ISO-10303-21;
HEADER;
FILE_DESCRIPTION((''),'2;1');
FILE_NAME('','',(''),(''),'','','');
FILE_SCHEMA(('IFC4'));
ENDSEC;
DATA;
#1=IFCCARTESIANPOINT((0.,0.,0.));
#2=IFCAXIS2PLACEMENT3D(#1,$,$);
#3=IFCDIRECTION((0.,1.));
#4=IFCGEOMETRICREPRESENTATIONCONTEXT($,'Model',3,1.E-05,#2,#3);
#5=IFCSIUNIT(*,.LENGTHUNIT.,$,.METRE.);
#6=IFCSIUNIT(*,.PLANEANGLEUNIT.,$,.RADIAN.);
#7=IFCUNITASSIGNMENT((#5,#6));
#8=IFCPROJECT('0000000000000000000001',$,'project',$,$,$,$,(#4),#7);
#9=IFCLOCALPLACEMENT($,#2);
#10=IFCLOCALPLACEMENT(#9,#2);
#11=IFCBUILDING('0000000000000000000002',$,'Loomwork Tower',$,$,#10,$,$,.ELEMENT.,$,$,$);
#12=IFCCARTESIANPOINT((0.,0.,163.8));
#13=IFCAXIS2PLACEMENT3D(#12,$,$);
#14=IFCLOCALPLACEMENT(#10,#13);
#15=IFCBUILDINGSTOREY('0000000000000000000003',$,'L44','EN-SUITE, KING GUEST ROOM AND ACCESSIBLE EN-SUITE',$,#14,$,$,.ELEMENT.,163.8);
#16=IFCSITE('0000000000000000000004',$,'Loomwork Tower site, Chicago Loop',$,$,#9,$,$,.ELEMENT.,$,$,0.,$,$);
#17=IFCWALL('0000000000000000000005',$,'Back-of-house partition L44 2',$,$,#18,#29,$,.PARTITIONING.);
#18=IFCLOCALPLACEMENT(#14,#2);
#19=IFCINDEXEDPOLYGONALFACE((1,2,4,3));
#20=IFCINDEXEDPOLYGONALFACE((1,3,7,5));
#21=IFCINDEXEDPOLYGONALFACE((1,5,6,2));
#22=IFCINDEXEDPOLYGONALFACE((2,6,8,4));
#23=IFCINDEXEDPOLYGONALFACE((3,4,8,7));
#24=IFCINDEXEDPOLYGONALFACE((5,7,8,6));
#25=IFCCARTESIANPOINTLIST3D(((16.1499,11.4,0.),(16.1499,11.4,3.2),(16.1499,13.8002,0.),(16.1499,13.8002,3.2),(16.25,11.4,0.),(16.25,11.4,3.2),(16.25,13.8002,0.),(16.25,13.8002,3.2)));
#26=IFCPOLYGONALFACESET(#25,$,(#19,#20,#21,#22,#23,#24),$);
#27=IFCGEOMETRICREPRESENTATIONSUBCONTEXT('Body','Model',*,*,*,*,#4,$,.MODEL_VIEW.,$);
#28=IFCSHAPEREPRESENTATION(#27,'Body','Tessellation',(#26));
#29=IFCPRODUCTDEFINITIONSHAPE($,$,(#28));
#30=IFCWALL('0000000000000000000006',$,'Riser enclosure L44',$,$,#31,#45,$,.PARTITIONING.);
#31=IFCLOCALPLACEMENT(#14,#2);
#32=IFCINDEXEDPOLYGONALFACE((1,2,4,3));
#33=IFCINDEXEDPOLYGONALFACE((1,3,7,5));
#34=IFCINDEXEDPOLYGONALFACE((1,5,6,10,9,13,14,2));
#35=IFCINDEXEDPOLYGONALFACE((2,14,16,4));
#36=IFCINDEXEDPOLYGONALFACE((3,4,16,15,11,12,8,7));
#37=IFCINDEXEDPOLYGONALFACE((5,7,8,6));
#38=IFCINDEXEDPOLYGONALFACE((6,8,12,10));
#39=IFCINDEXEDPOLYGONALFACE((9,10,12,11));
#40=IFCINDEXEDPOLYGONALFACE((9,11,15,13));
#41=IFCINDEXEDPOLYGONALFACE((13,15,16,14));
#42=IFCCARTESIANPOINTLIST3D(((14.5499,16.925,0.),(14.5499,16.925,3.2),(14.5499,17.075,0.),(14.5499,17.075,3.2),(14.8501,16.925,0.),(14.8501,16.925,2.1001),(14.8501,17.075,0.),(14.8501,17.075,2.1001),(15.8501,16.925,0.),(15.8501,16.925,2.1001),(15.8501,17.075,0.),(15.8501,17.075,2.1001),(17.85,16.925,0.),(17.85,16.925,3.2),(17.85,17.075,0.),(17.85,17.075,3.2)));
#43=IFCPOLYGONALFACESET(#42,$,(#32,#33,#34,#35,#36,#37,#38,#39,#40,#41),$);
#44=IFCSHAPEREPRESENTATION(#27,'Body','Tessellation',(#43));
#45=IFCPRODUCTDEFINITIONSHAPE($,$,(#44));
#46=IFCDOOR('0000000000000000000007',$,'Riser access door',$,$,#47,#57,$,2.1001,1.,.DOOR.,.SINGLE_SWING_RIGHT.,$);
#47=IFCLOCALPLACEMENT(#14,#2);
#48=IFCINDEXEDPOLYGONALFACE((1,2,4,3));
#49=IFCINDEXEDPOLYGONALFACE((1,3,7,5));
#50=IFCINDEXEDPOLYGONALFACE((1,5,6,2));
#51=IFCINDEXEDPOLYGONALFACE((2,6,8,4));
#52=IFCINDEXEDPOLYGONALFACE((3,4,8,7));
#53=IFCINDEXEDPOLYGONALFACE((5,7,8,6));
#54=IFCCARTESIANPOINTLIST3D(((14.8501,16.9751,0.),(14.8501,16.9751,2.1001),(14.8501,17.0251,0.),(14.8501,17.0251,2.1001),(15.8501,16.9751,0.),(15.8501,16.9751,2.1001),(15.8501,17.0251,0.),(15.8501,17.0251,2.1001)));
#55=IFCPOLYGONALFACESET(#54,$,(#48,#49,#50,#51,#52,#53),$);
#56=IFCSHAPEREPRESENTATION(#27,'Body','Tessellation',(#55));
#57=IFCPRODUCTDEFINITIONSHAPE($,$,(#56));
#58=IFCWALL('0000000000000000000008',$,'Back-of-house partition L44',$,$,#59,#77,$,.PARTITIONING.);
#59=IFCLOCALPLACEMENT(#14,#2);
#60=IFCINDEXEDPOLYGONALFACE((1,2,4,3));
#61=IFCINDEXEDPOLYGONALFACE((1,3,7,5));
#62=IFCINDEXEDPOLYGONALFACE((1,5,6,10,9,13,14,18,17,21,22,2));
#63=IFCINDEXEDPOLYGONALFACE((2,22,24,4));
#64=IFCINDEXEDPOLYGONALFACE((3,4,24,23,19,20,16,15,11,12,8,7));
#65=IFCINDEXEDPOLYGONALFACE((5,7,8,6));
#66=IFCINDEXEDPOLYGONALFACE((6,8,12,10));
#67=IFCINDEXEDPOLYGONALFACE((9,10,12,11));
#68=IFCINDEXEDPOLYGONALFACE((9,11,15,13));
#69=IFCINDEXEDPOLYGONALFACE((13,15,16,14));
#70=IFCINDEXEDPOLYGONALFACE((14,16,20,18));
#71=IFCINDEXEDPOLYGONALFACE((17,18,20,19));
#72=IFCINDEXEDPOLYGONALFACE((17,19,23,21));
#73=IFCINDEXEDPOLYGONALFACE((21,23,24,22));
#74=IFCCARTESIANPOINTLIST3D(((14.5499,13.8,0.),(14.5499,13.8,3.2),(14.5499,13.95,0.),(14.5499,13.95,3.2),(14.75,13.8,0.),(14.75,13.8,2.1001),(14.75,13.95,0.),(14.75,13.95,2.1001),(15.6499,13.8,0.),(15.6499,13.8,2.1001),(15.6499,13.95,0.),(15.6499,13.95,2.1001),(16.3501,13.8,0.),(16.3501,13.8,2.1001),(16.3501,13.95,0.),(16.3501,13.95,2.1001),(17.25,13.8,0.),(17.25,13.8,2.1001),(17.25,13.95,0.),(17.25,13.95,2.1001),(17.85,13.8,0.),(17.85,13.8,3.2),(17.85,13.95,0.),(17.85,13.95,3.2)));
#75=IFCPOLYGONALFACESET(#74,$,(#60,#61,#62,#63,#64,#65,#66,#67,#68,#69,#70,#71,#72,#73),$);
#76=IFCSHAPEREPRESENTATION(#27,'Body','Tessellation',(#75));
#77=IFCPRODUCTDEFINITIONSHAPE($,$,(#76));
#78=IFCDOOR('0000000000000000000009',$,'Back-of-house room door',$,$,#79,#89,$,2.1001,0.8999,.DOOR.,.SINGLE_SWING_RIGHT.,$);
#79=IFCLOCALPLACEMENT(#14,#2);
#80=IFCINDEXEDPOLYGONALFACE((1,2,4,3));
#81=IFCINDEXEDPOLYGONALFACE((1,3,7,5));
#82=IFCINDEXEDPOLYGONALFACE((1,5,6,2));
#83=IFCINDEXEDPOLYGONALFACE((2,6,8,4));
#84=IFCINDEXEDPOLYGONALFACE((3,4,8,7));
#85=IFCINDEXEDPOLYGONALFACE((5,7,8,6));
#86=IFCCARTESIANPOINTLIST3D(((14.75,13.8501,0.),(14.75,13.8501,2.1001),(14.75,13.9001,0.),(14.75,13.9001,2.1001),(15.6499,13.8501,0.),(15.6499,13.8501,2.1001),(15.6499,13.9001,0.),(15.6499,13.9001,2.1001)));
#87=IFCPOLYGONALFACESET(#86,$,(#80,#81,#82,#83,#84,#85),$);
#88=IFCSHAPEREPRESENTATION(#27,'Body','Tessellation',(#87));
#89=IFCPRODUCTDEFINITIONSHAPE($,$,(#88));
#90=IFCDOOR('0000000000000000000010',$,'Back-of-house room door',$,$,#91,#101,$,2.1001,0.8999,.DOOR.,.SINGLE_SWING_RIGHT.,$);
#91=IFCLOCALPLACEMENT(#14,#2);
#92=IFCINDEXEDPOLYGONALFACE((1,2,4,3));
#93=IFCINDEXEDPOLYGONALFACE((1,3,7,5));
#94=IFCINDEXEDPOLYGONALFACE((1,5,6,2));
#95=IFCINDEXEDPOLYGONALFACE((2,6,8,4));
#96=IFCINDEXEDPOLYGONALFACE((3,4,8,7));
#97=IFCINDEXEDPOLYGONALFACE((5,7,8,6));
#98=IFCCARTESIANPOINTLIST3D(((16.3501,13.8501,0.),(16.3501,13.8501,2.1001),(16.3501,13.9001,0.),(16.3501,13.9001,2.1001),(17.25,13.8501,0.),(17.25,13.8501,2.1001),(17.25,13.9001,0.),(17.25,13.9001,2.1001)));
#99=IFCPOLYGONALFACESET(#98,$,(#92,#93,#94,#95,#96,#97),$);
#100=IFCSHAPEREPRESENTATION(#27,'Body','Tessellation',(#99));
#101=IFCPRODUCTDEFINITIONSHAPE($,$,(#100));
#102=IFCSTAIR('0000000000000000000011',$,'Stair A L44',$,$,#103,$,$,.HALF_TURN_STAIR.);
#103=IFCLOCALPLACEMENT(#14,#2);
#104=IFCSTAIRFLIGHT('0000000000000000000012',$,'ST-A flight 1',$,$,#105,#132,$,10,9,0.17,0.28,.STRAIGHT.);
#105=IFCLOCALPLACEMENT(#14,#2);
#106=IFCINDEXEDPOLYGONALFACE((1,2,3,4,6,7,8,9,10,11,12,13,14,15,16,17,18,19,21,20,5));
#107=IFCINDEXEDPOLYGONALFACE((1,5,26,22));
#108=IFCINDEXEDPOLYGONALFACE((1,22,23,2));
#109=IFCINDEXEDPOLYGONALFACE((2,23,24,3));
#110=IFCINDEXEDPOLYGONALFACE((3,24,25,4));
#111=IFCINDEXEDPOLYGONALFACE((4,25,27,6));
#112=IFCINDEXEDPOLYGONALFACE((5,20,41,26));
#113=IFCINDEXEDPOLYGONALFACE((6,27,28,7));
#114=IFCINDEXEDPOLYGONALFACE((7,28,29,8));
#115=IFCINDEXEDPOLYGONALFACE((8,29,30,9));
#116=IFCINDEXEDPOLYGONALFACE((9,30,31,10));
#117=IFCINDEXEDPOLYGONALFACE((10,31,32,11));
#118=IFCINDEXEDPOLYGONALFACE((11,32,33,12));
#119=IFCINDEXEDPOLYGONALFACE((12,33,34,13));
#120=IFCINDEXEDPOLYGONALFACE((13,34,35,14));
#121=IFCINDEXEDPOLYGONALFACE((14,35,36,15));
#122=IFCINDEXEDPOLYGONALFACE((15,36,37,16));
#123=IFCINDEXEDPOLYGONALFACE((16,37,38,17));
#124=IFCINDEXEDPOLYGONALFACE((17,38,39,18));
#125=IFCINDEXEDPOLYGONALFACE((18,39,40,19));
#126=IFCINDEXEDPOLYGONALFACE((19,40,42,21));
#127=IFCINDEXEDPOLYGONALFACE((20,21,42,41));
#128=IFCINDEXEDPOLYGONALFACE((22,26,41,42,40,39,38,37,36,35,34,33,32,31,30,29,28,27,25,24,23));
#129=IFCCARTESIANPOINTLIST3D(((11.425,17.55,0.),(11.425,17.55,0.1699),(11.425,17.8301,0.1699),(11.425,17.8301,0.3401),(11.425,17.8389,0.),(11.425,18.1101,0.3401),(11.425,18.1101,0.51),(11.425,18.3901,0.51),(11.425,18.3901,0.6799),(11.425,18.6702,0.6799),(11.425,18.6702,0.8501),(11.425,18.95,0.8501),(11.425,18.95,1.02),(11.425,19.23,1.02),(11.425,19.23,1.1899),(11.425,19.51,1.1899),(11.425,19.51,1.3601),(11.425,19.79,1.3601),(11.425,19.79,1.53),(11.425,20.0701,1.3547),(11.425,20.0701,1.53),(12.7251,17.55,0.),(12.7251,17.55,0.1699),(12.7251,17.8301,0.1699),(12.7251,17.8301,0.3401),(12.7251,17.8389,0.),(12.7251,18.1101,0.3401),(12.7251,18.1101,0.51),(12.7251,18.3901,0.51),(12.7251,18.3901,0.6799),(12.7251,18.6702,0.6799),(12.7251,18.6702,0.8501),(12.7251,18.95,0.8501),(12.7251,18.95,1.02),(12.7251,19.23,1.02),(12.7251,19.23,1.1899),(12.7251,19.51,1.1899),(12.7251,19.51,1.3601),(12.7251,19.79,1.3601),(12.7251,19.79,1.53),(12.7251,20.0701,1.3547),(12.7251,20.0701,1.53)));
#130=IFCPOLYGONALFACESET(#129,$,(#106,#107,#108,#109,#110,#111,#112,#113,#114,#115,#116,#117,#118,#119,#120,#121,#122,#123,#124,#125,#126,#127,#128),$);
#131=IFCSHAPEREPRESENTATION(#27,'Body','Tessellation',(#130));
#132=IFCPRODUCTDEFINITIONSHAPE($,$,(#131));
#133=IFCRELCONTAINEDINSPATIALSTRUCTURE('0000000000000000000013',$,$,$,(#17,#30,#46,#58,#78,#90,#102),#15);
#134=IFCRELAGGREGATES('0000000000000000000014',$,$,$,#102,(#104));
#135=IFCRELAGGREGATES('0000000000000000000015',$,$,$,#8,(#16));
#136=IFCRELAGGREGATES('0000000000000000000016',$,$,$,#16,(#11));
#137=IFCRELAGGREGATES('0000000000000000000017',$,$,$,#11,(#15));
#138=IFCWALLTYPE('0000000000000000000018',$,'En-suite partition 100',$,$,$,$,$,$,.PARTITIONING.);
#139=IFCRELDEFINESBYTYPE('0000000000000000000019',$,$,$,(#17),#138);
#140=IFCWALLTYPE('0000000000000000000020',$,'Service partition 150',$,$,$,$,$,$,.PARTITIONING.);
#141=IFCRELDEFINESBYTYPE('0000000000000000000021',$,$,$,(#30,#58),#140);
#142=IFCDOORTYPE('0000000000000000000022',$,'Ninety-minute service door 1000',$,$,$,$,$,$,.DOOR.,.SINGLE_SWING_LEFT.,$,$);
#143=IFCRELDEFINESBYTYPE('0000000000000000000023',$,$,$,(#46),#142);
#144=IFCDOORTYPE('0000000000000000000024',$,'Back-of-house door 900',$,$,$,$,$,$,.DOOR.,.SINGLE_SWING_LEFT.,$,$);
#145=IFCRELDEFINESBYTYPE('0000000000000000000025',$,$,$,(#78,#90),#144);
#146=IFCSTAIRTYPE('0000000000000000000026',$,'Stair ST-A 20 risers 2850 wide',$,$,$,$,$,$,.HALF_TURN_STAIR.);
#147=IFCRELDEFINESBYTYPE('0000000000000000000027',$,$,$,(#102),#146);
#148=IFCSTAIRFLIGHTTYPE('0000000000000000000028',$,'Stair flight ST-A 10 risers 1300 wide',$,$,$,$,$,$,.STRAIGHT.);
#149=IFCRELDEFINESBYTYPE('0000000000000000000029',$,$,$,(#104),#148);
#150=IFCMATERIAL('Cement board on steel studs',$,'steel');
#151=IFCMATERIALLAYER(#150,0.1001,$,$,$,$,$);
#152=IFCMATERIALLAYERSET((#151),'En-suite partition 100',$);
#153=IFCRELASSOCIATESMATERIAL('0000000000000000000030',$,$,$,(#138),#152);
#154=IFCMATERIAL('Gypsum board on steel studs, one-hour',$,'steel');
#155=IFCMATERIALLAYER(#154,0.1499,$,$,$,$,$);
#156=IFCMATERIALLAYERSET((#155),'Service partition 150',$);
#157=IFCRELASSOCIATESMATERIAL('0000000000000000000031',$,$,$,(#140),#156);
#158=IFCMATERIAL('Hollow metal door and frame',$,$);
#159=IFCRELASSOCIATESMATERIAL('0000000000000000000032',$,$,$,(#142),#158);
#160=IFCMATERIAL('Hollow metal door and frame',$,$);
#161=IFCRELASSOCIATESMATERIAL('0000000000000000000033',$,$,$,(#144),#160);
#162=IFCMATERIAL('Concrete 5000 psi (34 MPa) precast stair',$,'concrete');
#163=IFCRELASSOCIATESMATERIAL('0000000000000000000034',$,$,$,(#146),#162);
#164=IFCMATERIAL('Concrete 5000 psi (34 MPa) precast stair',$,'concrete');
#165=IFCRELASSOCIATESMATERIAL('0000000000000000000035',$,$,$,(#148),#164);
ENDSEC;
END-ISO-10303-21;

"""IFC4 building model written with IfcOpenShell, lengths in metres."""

from ifc_helpers import new_model, si_unit, direction, frame, frame_2d, origin, place, context, subcontext, project, spatial, polyline, rectangle, outline, extrude, material, layer, layer_set, type_object, element, fill, aggregate, save


model = new_model("IFC4")

# Units and contexts
model_context = context("Model", 3, precision=1e-05, world=origin(), true_north=direction((0.0, 1.0)))
body_context = subcontext(model_context, "Body", "Model", "MODEL_VIEW")
ifc_project = project(units=[si_unit("LENGTHUNIT", "METRE"), si_unit("PLANEANGLEUNIT", "RADIAN")], contexts=[model_context])

# Site, building, storey
site_placement = place(None, origin())
site = spatial("IfcSite", under=ifc_project, at=site_placement, Name="Loomwork Tower site, Chicago Loop", CompositionType="ELEMENT", RefElevation=0.0)
building_placement = place(site_placement, origin())
building = spatial("IfcBuilding", under=site, at=building_placement, Name="Loomwork Tower", CompositionType="ELEMENT")
storey_placement = place(building_placement, frame((0.0, 0.0, 163.8)))
storey = spatial("IfcBuildingStorey", under=building, at=storey_placement, Name="L44", Description="EN-SUITE, KING GUEST ROOM AND ACCESSIBLE EN-SUITE", CompositionType="ELEMENT", Elevation=163.8)

# Wall
ifc_material_1 = material(Name="Cement board on steel studs", Category="steel")
ifc_layer_1 = layer(ifc_material_1, 0.1001)
ifc_layer_set_1 = layer_set([ifc_layer_1], Name="En-suite partition 100")
wall_type_1 = type_object("IfcWallType", Name="En-suite partition 100", PredefinedType="PARTITIONING", material=ifc_layer_set_1)
wall_1_placement = place(storey_placement, frame((16.2, 11.3999, 0.0), z_axis=(0.0, 0.0, 1.0), x_axis=(0.0, 1.0, 0.0)))
element("IfcWall", 1, at=wall_1_placement, inside=storey, type_object=wall_type_1, Name="Back-of-house partition L44 2", PredefinedType="PARTITIONING", context=body_context, shape_type="SweptSolid", body=[
    extrude(rectangle(XDim=2.4001, YDim=0.1001, at=frame_2d((1.2002, 0.0))), origin(), (0.0, 0.0, 1.0), 3.2),
])

# Wall, opening, door
ifc_material_2 = material(Name="Gypsum board on steel studs, one-hour", Category="steel")
ifc_layer_2 = layer(ifc_material_2, 0.1499)
ifc_layer_set_2 = layer_set([ifc_layer_2], Name="Service partition 150")
wall_type_2 = type_object("IfcWallType", Name="Service partition 150", PredefinedType="PARTITIONING", material=ifc_layer_set_2)
wall_2_placement = place(storey_placement, frame((14.55, 17.0, 0.0), z_axis=(0.0, 0.0, 1.0), x_axis=(1.0, 0.0, 0.0)))
wall_2 = element("IfcWall", 2, at=wall_2_placement, inside=storey, type_object=wall_type_2, Name="Riser enclosure L44", PredefinedType="PARTITIONING", context=body_context, shape_type="SweptSolid", body=[
    extrude(rectangle(XDim=3.3, YDim=0.1499, at=frame_2d((1.6499, 0.0))), origin(), (0.0, 0.0, 1.0), 3.2),
])
opening_1_placement = place(wall_2_placement, frame((0.3, 0.0, 0.0)))
opening_1 = element("IfcOpeningElement", 3, at=opening_1_placement, cuts=wall_2, PredefinedType="OPENING", context=body_context, shape_type="SweptSolid", body=[
    extrude(rectangle(XDim=1.0, YDim=2.1001, at=frame_2d((0.5, 1.05))), frame((0.0, 0.085, 0.0), z_axis=(0.0, -1.0, 0.0), x_axis=(1.0, 0.0, 0.0)), (0.0, 0.0, 1.0), 0.1699),
])
ifc_material_3 = material(Name="Hollow metal door and frame")
door_type_1 = type_object("IfcDoorType", Name="Ninety-minute service door 1000", OperationType="SINGLE_SWING_LEFT", PredefinedType="DOOR", material=ifc_material_3)
door_1_placement = place(opening_1_placement, frame((1.0, 0.0, 0.0), z_axis=(0.0, 0.0, 1.0), x_axis=(-1.0, 0.0, 0.0)))
door_1 = element("IfcDoor", 4, at=door_1_placement, inside=storey, type_object=door_type_1, Name="Riser access door", OperationType="SINGLE_SWING_RIGHT", OverallHeight=2.1001, OverallWidth=1.0, PredefinedType="DOOR", context=body_context, shape_type="SweptSolid", body=[
    extrude(rectangle(XDim=1.0, YDim=2.1001, at=frame_2d((0.5, 1.05))), frame((0.0, 0.0249, 0.0), z_axis=(0.0, -1.0, 0.0), x_axis=(1.0, 0.0, 0.0)), (0.0, 0.0, 1.0), 0.05),
])
fill(opening_1, door_1)

# Wall, openings, doors
wall_3_placement = place(storey_placement, frame((14.55, 13.875, 0.0), z_axis=(0.0, 0.0, 1.0), x_axis=(1.0, 0.0, 0.0)))
wall_3 = element("IfcWall", 5, at=wall_3_placement, inside=storey, type_object=wall_type_2, Name="Back-of-house partition L44", PredefinedType="PARTITIONING", context=body_context, shape_type="SweptSolid", body=[
    extrude(rectangle(XDim=3.3, YDim=0.1499, at=frame_2d((1.6499, 0.0))), origin(), (0.0, 0.0, 1.0), 3.2),
])
opening_2_placement = place(wall_3_placement, frame((0.2, 0.0, 0.0)))
opening_2 = element("IfcOpeningElement", 6, at=opening_2_placement, cuts=wall_3, PredefinedType="OPENING", context=body_context, shape_type="SweptSolid", body=[
    extrude(rectangle(XDim=0.8999, YDim=2.1001, at=frame_2d((0.45, 1.05))), frame((0.0, 0.085, 0.0), z_axis=(0.0, -1.0, 0.0), x_axis=(1.0, 0.0, 0.0)), (0.0, 0.0, 1.0), 0.1699),
])
opening_3_placement = place(wall_3_placement, frame((1.8, 0.0, 0.0)))
opening_3 = element("IfcOpeningElement", 7, at=opening_3_placement, cuts=wall_3, PredefinedType="OPENING", context=body_context, shape_type="SweptSolid", body=[
    extrude(rectangle(XDim=0.8999, YDim=2.1001, at=frame_2d((0.45, 1.05))), frame((0.0, 0.085, 0.0), z_axis=(0.0, -1.0, 0.0), x_axis=(1.0, 0.0, 0.0)), (0.0, 0.0, 1.0), 0.1699),
])
ifc_material_4 = material(Name="Hollow metal door and frame")
door_type_2 = type_object("IfcDoorType", Name="Back-of-house door 900", OperationType="SINGLE_SWING_LEFT", PredefinedType="DOOR", material=ifc_material_4)
door_2_placement = place(opening_2_placement, frame((0.8999, 0.0, 0.0), z_axis=(0.0, 0.0, 1.0), x_axis=(-1.0, 0.0, 0.0)))
door_2 = element("IfcDoor", 8, at=door_2_placement, inside=storey, type_object=door_type_2, Name="Back-of-house room door", OperationType="SINGLE_SWING_RIGHT", OverallHeight=2.1001, OverallWidth=0.8999, PredefinedType="DOOR", context=body_context, shape_type="SweptSolid", body=[
    extrude(rectangle(XDim=0.8999, YDim=2.1001, at=frame_2d((0.45, 1.05))), frame((0.0, 0.0249, 0.0), z_axis=(0.0, -1.0, 0.0), x_axis=(1.0, 0.0, 0.0)), (0.0, 0.0, 1.0), 0.05),
])
fill(opening_2, door_2)
door_3_placement = place(opening_3_placement, frame((0.8999, 0.0, 0.0), z_axis=(0.0, 0.0, 1.0), x_axis=(-1.0, 0.0, 0.0)))
door_3 = element("IfcDoor", 9, at=door_3_placement, inside=storey, type_object=door_type_2, Name="Back-of-house room door", OperationType="SINGLE_SWING_RIGHT", OverallHeight=2.1001, OverallWidth=0.8999, PredefinedType="DOOR", context=body_context, shape_type="SweptSolid", body=[
    extrude(rectangle(XDim=0.8999, YDim=2.1001, at=frame_2d((0.45, 1.05))), frame((0.0, 0.0249, 0.0), z_axis=(0.0, -1.0, 0.0), x_axis=(1.0, 0.0, 0.0)), (0.0, 0.0, 1.0), 0.05),
])
fill(opening_3, door_3)

# Stair, stair flight
ifc_material_5 = material(Name="Concrete 5000 psi (34 MPa) precast stair", Category="concrete")
stair_type = type_object("IfcStairType", Name="Stair ST-A 20 risers 2850 wide", PredefinedType="HALF_TURN_STAIR", material=ifc_material_5)
stair_placement = place(storey_placement, origin())
stair = element("IfcStair", 10, at=stair_placement, inside=storey, type_object=stair_type, Name="Stair A L44", PredefinedType="HALF_TURN_STAIR")
ifc_material_6 = material(Name="Concrete 5000 psi (34 MPa) precast stair", Category="concrete")
stair_flight_type = type_object("IfcStairFlightType", Name="Stair flight ST-A 10 risers 1300 wide", PredefinedType="STRAIGHT", material=ifc_material_6)
stair_flight_placement = place(storey_placement, frame((12.075, 17.55, 0.0), z_axis=(0.0, 0.0, 1.0), x_axis=(0.0, 1.0, 0.0)))
stair_flight = element("IfcStairFlight", 11, at=stair_flight_placement, type_object=stair_flight_type, Name="ST-A flight 1", NumberOfRisers=10, NumberOfTreads=9, PredefinedType="STRAIGHT", RiserHeight=0.17, TreadLength=0.28, context=body_context, shape_type="SweptSolid", body=[
    extrude(outline(polyline([(0.0, 0.0), (0.0, 0.1699), (0.28, 0.1699), (0.28, 0.3401), (0.5601, 0.3401), (0.5601, 0.51), (0.8401, 0.51), (0.8401, 0.6799), (1.1201, 0.6799), (1.1201, 0.8501), (1.3999, 0.8501), (1.3999, 1.02), (1.6799, 1.02), (1.6799, 1.1899), (1.96, 1.1899), (1.96, 1.3601), (2.24, 1.3601), (2.24, 1.53), (2.52, 1.53), (2.52, 1.7), (2.52, 1.3547), (0.2888, 0.0), (0.0, 0.0)])), frame((0.0, 0.6499, 0.0), z_axis=(0.0, -1.0, 0.0), x_axis=(1.0, 0.0, 0.0)), (0.0, 0.0, 1.0), 1.3),
])
aggregate(stair, [stair_flight])

save(model, "model.ifc")
